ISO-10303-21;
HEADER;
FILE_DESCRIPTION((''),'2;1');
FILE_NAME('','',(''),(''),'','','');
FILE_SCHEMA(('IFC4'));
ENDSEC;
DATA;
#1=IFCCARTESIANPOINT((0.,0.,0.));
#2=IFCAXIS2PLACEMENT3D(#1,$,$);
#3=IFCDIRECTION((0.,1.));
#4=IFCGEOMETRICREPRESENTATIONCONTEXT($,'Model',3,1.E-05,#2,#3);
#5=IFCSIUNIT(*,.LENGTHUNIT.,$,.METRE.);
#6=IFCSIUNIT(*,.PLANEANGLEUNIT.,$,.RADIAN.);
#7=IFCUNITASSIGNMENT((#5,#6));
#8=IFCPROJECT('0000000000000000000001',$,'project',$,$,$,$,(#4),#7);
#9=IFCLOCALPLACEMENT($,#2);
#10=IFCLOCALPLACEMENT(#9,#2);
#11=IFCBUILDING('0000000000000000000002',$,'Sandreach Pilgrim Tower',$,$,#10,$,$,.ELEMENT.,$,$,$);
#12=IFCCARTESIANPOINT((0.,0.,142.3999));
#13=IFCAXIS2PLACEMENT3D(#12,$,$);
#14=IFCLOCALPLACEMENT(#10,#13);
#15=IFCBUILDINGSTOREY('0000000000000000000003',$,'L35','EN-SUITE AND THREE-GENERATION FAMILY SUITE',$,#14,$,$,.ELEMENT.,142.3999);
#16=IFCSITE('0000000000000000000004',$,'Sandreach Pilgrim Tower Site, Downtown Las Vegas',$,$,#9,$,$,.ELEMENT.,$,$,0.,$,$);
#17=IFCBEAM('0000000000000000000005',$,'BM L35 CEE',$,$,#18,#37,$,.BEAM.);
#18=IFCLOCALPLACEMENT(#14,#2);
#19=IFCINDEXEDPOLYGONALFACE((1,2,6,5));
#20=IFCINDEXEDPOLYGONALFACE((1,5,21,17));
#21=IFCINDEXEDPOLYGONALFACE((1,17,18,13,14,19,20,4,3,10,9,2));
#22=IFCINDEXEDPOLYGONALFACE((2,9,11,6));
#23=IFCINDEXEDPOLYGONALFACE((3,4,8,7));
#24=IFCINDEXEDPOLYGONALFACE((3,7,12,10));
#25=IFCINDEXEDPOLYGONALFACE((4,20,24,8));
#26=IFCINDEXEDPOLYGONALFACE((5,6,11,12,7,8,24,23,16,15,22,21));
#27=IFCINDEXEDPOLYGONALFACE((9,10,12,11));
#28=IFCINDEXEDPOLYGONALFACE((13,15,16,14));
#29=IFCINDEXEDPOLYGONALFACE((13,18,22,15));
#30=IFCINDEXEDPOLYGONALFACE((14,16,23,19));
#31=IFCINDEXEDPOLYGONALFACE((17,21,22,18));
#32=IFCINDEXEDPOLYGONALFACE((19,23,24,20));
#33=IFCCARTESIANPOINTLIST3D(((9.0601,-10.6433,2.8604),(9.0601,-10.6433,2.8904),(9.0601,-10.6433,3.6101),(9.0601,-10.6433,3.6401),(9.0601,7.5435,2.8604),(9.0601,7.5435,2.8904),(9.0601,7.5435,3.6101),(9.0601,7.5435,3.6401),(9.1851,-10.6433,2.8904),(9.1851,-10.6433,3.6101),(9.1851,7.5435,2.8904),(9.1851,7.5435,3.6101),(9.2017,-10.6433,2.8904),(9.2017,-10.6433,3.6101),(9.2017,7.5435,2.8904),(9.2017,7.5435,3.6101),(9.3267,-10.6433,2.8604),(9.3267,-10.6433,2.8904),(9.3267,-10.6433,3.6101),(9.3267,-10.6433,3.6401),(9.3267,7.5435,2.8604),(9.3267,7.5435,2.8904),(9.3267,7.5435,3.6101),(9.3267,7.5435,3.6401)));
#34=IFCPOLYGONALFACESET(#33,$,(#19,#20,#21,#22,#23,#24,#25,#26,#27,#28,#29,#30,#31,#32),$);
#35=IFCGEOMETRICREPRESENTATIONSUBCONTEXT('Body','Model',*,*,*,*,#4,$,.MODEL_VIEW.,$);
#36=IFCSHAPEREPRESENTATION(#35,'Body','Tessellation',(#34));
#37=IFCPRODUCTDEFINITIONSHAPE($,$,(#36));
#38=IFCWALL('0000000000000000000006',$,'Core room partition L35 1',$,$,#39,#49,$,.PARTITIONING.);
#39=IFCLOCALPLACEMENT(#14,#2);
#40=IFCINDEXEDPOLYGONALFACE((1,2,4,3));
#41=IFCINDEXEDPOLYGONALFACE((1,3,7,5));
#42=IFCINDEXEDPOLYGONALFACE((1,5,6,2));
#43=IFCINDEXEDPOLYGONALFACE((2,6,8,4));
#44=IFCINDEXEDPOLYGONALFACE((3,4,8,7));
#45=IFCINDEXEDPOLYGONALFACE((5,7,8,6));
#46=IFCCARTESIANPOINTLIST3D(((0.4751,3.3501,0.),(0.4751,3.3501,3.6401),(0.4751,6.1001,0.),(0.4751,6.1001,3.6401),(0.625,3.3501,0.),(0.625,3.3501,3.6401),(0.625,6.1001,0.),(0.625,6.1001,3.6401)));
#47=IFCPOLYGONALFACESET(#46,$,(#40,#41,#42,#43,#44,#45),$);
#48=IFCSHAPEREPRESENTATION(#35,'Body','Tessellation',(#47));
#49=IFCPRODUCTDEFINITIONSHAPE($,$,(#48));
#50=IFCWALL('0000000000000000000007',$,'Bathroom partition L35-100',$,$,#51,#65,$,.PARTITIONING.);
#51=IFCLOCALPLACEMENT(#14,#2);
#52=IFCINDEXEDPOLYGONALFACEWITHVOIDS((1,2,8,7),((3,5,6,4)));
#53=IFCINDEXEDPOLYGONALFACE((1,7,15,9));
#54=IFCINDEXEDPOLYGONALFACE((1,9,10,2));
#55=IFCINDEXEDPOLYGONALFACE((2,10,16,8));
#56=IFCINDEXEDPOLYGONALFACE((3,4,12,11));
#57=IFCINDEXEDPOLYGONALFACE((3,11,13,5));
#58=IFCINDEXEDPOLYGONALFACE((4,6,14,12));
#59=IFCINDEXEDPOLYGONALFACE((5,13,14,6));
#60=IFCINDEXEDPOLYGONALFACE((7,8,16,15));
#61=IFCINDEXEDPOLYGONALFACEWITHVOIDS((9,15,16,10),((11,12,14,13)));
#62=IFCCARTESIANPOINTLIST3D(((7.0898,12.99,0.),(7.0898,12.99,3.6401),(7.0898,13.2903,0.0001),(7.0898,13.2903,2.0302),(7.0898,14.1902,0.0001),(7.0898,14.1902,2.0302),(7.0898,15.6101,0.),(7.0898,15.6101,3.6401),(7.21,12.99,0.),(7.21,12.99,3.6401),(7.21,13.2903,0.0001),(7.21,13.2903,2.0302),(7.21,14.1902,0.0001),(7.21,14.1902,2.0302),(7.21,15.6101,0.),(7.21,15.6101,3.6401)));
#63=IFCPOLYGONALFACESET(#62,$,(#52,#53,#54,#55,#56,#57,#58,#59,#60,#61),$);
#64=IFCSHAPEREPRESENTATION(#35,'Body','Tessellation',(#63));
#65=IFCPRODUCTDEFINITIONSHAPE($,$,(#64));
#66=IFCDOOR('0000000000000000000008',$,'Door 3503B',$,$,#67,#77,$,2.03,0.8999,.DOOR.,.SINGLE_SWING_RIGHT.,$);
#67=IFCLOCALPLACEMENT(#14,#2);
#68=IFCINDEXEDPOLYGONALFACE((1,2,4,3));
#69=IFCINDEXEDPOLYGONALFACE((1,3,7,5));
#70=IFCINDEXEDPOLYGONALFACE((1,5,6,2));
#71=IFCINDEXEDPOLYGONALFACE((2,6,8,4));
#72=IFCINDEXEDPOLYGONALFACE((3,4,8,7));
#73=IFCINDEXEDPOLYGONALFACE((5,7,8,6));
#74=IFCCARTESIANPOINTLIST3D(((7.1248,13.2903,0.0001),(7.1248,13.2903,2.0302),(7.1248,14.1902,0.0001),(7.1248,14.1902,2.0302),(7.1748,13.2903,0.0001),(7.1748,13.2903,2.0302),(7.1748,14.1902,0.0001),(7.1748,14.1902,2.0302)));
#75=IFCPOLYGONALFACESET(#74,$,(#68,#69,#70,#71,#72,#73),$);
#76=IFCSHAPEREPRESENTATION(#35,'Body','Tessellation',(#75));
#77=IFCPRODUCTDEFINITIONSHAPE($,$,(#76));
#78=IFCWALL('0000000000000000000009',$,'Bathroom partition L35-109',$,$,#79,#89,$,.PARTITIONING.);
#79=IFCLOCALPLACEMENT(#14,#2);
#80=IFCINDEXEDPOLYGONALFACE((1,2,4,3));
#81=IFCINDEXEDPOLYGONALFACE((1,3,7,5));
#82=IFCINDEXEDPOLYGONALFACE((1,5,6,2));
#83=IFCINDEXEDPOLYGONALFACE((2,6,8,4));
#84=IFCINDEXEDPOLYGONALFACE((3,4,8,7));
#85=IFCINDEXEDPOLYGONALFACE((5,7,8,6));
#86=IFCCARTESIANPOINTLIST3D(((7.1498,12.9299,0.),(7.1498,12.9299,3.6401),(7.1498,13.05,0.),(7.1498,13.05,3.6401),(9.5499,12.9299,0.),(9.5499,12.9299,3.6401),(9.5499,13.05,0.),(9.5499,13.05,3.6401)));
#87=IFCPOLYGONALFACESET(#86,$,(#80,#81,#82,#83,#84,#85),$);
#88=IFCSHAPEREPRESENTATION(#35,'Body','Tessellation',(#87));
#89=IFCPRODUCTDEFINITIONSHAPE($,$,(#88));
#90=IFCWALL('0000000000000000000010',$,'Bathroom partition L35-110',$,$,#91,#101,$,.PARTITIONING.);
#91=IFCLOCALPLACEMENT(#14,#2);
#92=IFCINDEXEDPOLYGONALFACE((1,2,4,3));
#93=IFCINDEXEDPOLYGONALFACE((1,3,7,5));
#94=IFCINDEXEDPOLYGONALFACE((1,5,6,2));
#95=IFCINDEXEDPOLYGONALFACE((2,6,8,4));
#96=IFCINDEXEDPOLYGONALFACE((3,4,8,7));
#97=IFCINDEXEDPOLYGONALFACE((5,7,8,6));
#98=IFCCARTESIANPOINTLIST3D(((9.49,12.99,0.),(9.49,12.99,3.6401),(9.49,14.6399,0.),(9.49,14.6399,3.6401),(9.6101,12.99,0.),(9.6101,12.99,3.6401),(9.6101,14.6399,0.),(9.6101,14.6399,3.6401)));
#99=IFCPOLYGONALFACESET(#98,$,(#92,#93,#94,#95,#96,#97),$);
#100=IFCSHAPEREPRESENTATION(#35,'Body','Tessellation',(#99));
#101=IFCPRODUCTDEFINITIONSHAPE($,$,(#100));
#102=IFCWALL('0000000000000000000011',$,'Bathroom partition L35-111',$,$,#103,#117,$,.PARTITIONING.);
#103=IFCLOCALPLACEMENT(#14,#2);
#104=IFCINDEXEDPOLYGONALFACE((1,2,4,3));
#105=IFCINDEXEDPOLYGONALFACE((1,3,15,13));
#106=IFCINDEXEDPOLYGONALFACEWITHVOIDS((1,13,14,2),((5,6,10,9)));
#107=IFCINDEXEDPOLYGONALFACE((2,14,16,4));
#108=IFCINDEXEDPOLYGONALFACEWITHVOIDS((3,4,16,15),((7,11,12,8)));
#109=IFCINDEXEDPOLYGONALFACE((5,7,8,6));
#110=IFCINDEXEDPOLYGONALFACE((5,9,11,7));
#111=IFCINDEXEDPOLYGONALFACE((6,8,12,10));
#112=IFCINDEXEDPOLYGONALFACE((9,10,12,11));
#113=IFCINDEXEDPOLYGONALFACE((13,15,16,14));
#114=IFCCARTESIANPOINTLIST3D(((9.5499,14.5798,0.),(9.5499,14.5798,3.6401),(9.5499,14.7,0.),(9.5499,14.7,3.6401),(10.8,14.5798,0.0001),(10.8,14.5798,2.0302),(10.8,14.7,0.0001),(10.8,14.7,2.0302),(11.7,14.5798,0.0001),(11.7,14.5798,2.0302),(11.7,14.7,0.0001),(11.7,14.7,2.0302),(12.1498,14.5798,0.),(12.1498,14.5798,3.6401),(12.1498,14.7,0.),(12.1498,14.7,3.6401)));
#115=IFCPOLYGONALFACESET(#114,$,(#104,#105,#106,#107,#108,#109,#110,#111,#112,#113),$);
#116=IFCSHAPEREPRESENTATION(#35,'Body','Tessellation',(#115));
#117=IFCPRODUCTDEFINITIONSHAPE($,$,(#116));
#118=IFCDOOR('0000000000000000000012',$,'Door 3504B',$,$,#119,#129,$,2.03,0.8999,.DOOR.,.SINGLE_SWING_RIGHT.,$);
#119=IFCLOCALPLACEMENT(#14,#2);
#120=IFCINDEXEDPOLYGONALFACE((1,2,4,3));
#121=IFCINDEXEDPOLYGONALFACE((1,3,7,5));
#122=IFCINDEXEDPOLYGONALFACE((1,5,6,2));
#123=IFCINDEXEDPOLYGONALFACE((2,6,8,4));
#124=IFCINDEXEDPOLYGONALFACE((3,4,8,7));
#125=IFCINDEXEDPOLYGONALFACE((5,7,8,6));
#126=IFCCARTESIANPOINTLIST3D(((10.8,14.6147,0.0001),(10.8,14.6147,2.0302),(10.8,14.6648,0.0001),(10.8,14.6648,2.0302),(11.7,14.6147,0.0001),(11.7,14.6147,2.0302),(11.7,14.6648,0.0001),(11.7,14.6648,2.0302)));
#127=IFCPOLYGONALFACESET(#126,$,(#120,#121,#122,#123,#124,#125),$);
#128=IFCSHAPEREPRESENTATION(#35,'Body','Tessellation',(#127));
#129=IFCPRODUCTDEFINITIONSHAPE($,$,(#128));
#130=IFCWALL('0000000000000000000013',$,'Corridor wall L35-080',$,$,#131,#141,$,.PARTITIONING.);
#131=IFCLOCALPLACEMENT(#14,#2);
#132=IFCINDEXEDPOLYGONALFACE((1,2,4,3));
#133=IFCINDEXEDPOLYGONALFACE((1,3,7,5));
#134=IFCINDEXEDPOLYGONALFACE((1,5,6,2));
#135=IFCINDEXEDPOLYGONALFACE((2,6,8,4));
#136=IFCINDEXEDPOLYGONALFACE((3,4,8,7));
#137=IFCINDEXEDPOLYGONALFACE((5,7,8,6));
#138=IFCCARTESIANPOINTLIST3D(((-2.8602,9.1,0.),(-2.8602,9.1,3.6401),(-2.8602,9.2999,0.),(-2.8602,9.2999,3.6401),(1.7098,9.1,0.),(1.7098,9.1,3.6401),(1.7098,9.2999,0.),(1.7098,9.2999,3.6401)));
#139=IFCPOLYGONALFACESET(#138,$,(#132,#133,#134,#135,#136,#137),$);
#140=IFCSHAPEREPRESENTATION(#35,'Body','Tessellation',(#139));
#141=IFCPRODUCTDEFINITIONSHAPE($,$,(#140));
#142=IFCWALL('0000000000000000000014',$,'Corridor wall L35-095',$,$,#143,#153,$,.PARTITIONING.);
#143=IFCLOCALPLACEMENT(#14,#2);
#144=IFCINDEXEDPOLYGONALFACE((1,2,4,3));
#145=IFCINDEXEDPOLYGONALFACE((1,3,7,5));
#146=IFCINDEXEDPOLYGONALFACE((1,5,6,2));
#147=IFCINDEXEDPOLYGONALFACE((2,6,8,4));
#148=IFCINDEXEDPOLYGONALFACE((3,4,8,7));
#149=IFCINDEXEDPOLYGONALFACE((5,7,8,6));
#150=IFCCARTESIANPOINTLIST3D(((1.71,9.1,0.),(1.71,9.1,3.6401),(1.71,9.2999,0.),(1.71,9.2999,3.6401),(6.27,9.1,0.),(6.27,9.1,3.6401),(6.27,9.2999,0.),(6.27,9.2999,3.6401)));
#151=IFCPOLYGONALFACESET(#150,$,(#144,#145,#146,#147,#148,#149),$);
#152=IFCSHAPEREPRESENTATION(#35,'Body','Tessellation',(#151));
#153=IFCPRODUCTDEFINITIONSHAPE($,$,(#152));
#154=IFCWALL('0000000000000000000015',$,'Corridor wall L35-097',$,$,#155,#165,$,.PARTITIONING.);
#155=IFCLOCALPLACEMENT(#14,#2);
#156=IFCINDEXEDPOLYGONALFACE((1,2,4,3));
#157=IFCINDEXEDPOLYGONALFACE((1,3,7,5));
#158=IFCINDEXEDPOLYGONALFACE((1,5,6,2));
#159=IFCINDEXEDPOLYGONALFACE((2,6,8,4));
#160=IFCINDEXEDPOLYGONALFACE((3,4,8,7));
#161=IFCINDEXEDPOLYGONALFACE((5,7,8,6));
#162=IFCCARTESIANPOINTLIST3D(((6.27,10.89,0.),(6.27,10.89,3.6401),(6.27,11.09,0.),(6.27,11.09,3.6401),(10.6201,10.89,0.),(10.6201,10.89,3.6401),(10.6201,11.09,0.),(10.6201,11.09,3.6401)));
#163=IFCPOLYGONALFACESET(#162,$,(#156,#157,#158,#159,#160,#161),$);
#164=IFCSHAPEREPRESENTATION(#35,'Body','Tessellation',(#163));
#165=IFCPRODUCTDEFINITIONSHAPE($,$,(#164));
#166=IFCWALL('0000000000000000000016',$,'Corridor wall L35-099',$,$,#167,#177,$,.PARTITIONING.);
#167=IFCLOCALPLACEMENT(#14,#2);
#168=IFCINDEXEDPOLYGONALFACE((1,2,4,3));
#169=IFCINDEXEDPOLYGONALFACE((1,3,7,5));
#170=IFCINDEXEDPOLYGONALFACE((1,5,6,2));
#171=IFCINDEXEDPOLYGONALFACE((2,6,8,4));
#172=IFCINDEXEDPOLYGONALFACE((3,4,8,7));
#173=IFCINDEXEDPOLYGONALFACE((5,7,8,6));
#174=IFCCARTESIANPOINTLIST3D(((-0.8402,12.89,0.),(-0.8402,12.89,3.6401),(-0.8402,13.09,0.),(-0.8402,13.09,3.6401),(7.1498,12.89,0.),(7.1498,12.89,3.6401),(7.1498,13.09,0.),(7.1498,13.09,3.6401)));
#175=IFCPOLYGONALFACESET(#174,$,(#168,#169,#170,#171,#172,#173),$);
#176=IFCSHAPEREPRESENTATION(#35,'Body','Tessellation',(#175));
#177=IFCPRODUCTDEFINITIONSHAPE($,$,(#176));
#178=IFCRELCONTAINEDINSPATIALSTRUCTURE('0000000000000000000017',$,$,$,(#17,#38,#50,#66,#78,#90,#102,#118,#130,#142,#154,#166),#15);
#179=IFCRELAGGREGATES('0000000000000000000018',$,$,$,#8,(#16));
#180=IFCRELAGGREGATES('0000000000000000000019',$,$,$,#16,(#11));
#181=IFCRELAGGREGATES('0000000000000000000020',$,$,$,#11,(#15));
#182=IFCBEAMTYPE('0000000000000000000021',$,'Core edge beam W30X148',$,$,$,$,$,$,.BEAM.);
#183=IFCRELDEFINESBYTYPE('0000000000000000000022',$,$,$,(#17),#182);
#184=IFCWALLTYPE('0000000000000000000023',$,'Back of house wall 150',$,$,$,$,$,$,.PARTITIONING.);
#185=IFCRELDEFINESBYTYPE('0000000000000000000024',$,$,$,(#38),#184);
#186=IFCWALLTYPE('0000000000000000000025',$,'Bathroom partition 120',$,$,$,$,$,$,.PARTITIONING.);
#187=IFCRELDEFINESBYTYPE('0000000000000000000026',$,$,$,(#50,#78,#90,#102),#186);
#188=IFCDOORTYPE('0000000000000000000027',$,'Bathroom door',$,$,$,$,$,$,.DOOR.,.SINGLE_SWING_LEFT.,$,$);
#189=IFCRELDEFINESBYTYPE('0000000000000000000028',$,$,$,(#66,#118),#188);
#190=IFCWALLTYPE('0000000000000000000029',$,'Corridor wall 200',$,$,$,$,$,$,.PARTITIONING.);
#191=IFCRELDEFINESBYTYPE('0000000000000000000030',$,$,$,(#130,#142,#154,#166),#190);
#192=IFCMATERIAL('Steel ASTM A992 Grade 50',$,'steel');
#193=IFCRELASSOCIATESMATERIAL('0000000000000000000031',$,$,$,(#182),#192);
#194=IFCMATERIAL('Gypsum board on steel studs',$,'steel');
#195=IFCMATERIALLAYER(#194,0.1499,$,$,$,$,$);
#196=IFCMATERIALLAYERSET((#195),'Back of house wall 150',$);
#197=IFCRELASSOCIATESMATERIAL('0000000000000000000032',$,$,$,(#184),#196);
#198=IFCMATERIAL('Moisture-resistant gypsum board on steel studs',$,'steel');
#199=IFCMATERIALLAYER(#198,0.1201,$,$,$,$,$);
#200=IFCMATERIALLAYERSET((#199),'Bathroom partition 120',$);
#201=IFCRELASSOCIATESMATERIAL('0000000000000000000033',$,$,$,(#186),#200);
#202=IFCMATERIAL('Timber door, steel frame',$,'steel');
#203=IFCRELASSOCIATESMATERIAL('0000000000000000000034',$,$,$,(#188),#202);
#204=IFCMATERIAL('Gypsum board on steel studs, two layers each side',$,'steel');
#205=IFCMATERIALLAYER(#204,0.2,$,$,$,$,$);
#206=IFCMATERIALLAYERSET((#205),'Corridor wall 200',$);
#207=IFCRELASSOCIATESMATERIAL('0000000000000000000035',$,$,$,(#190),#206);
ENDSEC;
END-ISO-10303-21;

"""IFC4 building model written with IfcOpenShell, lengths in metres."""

from ifc_helpers import new_model, si_unit, direction, frame, frame_2d, origin, origin_2d, place, context, subcontext, project, spatial, rectangle, i_section, extrude, material, layer, layer_set, material_profile, profile_set, type_object, element, fill, save


model = new_model("IFC4")

# Units and contexts
model_context = context("Model", 3, precision=1e-05, world=origin(), true_north=direction((0.0, 1.0)))
body_context = subcontext(model_context, "Body", "Model", "MODEL_VIEW")
ifc_project = project(units=[si_unit("LENGTHUNIT", "METRE"), si_unit("PLANEANGLEUNIT", "RADIAN")], contexts=[model_context])

# Site, building, storey
site_placement = place(None, origin())
site = spatial("IfcSite", under=ifc_project, at=site_placement, Name="Sandreach Pilgrim Tower Site, Downtown Las Vegas", CompositionType="ELEMENT", RefElevation=0.0)
building_placement = place(site_placement, origin())
building = spatial("IfcBuilding", under=site, at=building_placement, Name="Sandreach Pilgrim Tower", CompositionType="ELEMENT")
storey_placement = place(building_placement, frame((0.0, 0.0, 142.3999)))
storey = spatial("IfcBuildingStorey", under=building, at=storey_placement, Name="L35", Description="EN-SUITE AND THREE-GENERATION FAMILY SUITE", CompositionType="ELEMENT", Elevation=142.3999)

# Beam
ifc_material_1 = material(Name="Steel ASTM A992 Grade 50", Category="steel")
ifc_material_profile = material_profile(ifc_material_1, i_section(OverallWidth=0.2666, OverallDepth=0.7798, WebThickness=0.0166, FlangeThickness=0.03, at=origin_2d()), Name="W30X148")
ifc_profile_set = profile_set([ifc_material_profile], Name="Steel ASTM A992 Grade 50")
beam_type = type_object("IfcBeamType", Name="Core edge beam W30X148", PredefinedType="BEAM", material=ifc_profile_set)
beam_placement = place(storey_placement, frame((9.1934, 7.5435, 3.2502), z_axis=(0.0, -1.0, 0.0), x_axis=(1.0, 0.0, 0.0)))
element("IfcBeam", 1, at=beam_placement, inside=storey, type_object=beam_type, Name="BM L35 CEE", PredefinedType="BEAM", context=body_context, shape_type="SweptSolid", body=[
    extrude(i_section(OverallWidth=0.2666, OverallDepth=0.7798, WebThickness=0.0166, FlangeThickness=0.03, at=origin_2d()), origin(), (0.0, 0.0, 1.0), 18.1868),
])

# Wall
ifc_material_2 = material(Name="Gypsum board on steel studs", Category="steel")
ifc_layer_1 = layer(ifc_material_2, 0.1499)
ifc_layer_set_1 = layer_set([ifc_layer_1], Name="Back of house wall 150")
wall_type_1 = type_object("IfcWallType", Name="Back of house wall 150", PredefinedType="PARTITIONING", material=ifc_layer_set_1)
wall_1_placement = place(storey_placement, frame((0.55, 3.3501, 0.0), z_axis=(0.0, 0.0, 1.0), x_axis=(0.0, 1.0, 0.0)))
element("IfcWall", 2, at=wall_1_placement, inside=storey, type_object=wall_type_1, Name="Core room partition L35 1", PredefinedType="PARTITIONING", context=body_context, shape_type="SweptSolid", body=[
    extrude(rectangle(XDim=2.75, YDim=0.1499, at=frame_2d((1.375, 0.0))), origin(), (0.0, 0.0, 1.0), 3.6401),
])

# Wall, opening, door
ifc_material_3 = material(Name="Moisture-resistant gypsum board on steel studs", Category="steel")
ifc_layer_2 = layer(ifc_material_3, 0.1201)
ifc_layer_set_2 = layer_set([ifc_layer_2], Name="Bathroom partition 120")
wall_type_2 = type_object("IfcWallType", Name="Bathroom partition 120", PredefinedType="PARTITIONING", material=ifc_layer_set_2)
wall_2_placement = place(storey_placement, frame((7.1499, 15.6101, 0.0), z_axis=(0.0, 0.0, 1.0), x_axis=(0.0, -1.0, 0.0)))
wall_2 = element("IfcWall", 3, at=wall_2_placement, inside=storey, type_object=wall_type_2, Name="Bathroom partition L35-100", PredefinedType="PARTITIONING", context=body_context, shape_type="SweptSolid", body=[
    extrude(rectangle(XDim=2.6201, YDim=0.1201, at=frame_2d((1.3101, 0.0))), origin(), (0.0, 0.0, 1.0), 3.6401),
])
opening_1_placement = place(wall_2_placement, frame((1.4199, 0.0, 0.0)))
opening_1 = element("IfcOpeningElement", 4, at=opening_1_placement, cuts=wall_2, PredefinedType="OPENING", context=body_context, shape_type="SweptSolid", body=[
    extrude(rectangle(XDim=0.8999, YDim=2.03, at=frame_2d((0.45, 1.0151))), frame((0.0, 0.0601, 0.0), z_axis=(0.0, -1.0, 0.0), x_axis=(1.0, 0.0, 0.0)), (0.0, 0.0, 1.0), 0.1201),
])
ifc_material_4 = material(Name="Timber door, steel frame", Category="steel")
door_type_1 = type_object("IfcDoorType", Name="Bathroom door", OperationType="SINGLE_SWING_LEFT", PredefinedType="DOOR", material=ifc_material_4)
door_1_placement = place(opening_1_placement, origin())
door_1 = element("IfcDoor", 5, at=door_1_placement, inside=storey, type_object=door_type_1, Name="Door 3503B", OperationType="SINGLE_SWING_RIGHT", OverallHeight=2.03, OverallWidth=0.8999, PredefinedType="DOOR", context=body_context, shape_type="SweptSolid", body=[
    extrude(rectangle(XDim=0.8999, YDim=2.03, at=frame_2d((0.45, 1.0151))), frame((0.0, 0.0249, 0.0), z_axis=(0.0, -1.0, 0.0), x_axis=(1.0, 0.0, 0.0)), (0.0, 0.0, 1.0), 0.05),
])
fill(opening_1, door_1)

# Walls
wall_3_placement = place(storey_placement, frame((9.55, 12.99, 0.0), z_axis=(0.0, 0.0, 1.0), x_axis=(-1.0, 0.0, 0.0)))
element("IfcWall", 6, at=wall_3_placement, inside=storey, type_object=wall_type_2, Name="Bathroom partition L35-109", PredefinedType="PARTITIONING", context=body_context, shape_type="SweptSolid", body=[
    extrude(rectangle(XDim=2.4001, YDim=0.1201, at=frame_2d((1.2002, 0.0))), origin(), (0.0, 0.0, 1.0), 3.6401),
])
wall_4_placement = place(storey_placement, frame((9.55, 14.6399, 0.0), z_axis=(0.0, 0.0, 1.0), x_axis=(0.0, -1.0, 0.0)))
element("IfcWall", 7, at=wall_4_placement, inside=storey, type_object=wall_type_2, Name="Bathroom partition L35-110", PredefinedType="PARTITIONING", context=body_context, shape_type="SweptSolid", body=[
    extrude(rectangle(XDim=1.6499, YDim=0.1201, at=frame_2d((0.825, 0.0))), origin(), (0.0, 0.0, 1.0), 3.6401),
])

# Wall, opening, door
wall_5_placement = place(storey_placement, frame((9.55, 14.6399, 0.0), z_axis=(0.0, 0.0, 1.0), x_axis=(1.0, 0.0, 0.0)))
wall_5 = element("IfcWall", 8, at=wall_5_placement, inside=storey, type_object=wall_type_2, Name="Bathroom partition L35-111", PredefinedType="PARTITIONING", context=body_context, shape_type="SweptSolid", body=[
    extrude(rectangle(XDim=2.5999, YDim=0.1201, at=frame_2d((1.2998, 0.0))), origin(), (0.0, 0.0, 1.0), 3.6401),
])
opening_2_placement = place(wall_5_placement, frame((1.25, 0.0, 0.0)))
opening_2 = element("IfcOpeningElement", 9, at=opening_2_placement, cuts=wall_5, PredefinedType="OPENING", context=body_context, shape_type="SweptSolid", body=[
    extrude(rectangle(XDim=0.8999, YDim=2.03, at=frame_2d((0.45, 1.0151))), frame((0.0, 0.0601, 0.0), z_axis=(0.0, -1.0, 0.0), x_axis=(1.0, 0.0, 0.0)), (0.0, 0.0, 1.0), 0.1201),
])
door_2_placement = place(opening_2_placement, origin())
door_2 = element("IfcDoor", 10, at=door_2_placement, inside=storey, type_object=door_type_1, Name="Door 3504B", OperationType="SINGLE_SWING_RIGHT", OverallHeight=2.03, OverallWidth=0.8999, PredefinedType="DOOR", context=body_context, shape_type="SweptSolid", body=[
    extrude(rectangle(XDim=0.8999, YDim=2.03, at=frame_2d((0.45, 1.0151))), frame((0.0, 0.0249, 0.0), z_axis=(0.0, -1.0, 0.0), x_axis=(1.0, 0.0, 0.0)), (0.0, 0.0, 1.0), 0.05),
])
fill(opening_2, door_2)

# Wall
ifc_material_5 = material(Name="Gypsum board on steel studs, two layers each side", Category="steel")
ifc_layer_3 = layer(ifc_material_5, 0.2)
ifc_layer_set_3 = layer_set([ifc_layer_3], Name="Corridor wall 200")
wall_type_3 = type_object("IfcWallType", Name="Corridor wall 200", PredefinedType="PARTITIONING", material=ifc_layer_set_3)
wall_6_placement = place(storey_placement, frame((1.71, 9.2, 0.0), z_axis=(0.0, 0.0, 1.0), x_axis=(-1.0, 0.0, 0.0)))
element("IfcWall", 11, at=wall_6_placement, inside=storey, type_object=wall_type_3, Name="Corridor wall L35-080", PredefinedType="PARTITIONING", context=body_context, shape_type="SweptSolid", body=[
    extrude(rectangle(XDim=4.5701, YDim=0.2, at=frame_2d((2.2852, 0.0))), origin(), (0.0, 0.0, 1.0), 3.6401),
])

# Walls
wall_7_placement = place(storey_placement, frame((6.27, 9.2, 0.0), z_axis=(0.0, 0.0, 1.0), x_axis=(-1.0, 0.0, 0.0)))
element("IfcWall", 12, at=wall_7_placement, inside=storey, type_object=wall_type_3, Name="Corridor wall L35-095", PredefinedType="PARTITIONING", context=body_context, shape_type="SweptSolid", body=[
    extrude(rectangle(XDim=4.5601, YDim=0.2, at=frame_2d((2.28, 0.0))), origin(), (0.0, 0.0, 1.0), 3.6401),
])
wall_8_placement = place(storey_placement, frame((6.27, 10.99, 0.0), z_axis=(0.0, 0.0, 1.0), x_axis=(1.0, 0.0, 0.0)))
element("IfcWall", 13, at=wall_8_placement, inside=storey, type_object=wall_type_3, Name="Corridor wall L35-097", PredefinedType="PARTITIONING", context=body_context, shape_type="SweptSolid", body=[
    extrude(rectangle(XDim=4.3501, YDim=0.2, at=frame_2d((2.175, 0.0))), origin(), (0.0, 0.0, 1.0), 3.6401),
])
wall_9_placement = place(storey_placement, frame((7.1499, 12.99, 0.0), z_axis=(0.0, 0.0, 1.0), x_axis=(-1.0, 0.0, 0.0)))
element("IfcWall", 14, at=wall_9_placement, inside=storey, type_object=wall_type_3, Name="Corridor wall L35-099", PredefinedType="PARTITIONING", context=body_context, shape_type="SweptSolid", body=[
    extrude(rectangle(XDim=7.99, YDim=0.2, at=frame_2d((3.9951, 0.0))), origin(), (0.0, 0.0, 1.0), 3.6401),
])

save(model, "model.ifc")
